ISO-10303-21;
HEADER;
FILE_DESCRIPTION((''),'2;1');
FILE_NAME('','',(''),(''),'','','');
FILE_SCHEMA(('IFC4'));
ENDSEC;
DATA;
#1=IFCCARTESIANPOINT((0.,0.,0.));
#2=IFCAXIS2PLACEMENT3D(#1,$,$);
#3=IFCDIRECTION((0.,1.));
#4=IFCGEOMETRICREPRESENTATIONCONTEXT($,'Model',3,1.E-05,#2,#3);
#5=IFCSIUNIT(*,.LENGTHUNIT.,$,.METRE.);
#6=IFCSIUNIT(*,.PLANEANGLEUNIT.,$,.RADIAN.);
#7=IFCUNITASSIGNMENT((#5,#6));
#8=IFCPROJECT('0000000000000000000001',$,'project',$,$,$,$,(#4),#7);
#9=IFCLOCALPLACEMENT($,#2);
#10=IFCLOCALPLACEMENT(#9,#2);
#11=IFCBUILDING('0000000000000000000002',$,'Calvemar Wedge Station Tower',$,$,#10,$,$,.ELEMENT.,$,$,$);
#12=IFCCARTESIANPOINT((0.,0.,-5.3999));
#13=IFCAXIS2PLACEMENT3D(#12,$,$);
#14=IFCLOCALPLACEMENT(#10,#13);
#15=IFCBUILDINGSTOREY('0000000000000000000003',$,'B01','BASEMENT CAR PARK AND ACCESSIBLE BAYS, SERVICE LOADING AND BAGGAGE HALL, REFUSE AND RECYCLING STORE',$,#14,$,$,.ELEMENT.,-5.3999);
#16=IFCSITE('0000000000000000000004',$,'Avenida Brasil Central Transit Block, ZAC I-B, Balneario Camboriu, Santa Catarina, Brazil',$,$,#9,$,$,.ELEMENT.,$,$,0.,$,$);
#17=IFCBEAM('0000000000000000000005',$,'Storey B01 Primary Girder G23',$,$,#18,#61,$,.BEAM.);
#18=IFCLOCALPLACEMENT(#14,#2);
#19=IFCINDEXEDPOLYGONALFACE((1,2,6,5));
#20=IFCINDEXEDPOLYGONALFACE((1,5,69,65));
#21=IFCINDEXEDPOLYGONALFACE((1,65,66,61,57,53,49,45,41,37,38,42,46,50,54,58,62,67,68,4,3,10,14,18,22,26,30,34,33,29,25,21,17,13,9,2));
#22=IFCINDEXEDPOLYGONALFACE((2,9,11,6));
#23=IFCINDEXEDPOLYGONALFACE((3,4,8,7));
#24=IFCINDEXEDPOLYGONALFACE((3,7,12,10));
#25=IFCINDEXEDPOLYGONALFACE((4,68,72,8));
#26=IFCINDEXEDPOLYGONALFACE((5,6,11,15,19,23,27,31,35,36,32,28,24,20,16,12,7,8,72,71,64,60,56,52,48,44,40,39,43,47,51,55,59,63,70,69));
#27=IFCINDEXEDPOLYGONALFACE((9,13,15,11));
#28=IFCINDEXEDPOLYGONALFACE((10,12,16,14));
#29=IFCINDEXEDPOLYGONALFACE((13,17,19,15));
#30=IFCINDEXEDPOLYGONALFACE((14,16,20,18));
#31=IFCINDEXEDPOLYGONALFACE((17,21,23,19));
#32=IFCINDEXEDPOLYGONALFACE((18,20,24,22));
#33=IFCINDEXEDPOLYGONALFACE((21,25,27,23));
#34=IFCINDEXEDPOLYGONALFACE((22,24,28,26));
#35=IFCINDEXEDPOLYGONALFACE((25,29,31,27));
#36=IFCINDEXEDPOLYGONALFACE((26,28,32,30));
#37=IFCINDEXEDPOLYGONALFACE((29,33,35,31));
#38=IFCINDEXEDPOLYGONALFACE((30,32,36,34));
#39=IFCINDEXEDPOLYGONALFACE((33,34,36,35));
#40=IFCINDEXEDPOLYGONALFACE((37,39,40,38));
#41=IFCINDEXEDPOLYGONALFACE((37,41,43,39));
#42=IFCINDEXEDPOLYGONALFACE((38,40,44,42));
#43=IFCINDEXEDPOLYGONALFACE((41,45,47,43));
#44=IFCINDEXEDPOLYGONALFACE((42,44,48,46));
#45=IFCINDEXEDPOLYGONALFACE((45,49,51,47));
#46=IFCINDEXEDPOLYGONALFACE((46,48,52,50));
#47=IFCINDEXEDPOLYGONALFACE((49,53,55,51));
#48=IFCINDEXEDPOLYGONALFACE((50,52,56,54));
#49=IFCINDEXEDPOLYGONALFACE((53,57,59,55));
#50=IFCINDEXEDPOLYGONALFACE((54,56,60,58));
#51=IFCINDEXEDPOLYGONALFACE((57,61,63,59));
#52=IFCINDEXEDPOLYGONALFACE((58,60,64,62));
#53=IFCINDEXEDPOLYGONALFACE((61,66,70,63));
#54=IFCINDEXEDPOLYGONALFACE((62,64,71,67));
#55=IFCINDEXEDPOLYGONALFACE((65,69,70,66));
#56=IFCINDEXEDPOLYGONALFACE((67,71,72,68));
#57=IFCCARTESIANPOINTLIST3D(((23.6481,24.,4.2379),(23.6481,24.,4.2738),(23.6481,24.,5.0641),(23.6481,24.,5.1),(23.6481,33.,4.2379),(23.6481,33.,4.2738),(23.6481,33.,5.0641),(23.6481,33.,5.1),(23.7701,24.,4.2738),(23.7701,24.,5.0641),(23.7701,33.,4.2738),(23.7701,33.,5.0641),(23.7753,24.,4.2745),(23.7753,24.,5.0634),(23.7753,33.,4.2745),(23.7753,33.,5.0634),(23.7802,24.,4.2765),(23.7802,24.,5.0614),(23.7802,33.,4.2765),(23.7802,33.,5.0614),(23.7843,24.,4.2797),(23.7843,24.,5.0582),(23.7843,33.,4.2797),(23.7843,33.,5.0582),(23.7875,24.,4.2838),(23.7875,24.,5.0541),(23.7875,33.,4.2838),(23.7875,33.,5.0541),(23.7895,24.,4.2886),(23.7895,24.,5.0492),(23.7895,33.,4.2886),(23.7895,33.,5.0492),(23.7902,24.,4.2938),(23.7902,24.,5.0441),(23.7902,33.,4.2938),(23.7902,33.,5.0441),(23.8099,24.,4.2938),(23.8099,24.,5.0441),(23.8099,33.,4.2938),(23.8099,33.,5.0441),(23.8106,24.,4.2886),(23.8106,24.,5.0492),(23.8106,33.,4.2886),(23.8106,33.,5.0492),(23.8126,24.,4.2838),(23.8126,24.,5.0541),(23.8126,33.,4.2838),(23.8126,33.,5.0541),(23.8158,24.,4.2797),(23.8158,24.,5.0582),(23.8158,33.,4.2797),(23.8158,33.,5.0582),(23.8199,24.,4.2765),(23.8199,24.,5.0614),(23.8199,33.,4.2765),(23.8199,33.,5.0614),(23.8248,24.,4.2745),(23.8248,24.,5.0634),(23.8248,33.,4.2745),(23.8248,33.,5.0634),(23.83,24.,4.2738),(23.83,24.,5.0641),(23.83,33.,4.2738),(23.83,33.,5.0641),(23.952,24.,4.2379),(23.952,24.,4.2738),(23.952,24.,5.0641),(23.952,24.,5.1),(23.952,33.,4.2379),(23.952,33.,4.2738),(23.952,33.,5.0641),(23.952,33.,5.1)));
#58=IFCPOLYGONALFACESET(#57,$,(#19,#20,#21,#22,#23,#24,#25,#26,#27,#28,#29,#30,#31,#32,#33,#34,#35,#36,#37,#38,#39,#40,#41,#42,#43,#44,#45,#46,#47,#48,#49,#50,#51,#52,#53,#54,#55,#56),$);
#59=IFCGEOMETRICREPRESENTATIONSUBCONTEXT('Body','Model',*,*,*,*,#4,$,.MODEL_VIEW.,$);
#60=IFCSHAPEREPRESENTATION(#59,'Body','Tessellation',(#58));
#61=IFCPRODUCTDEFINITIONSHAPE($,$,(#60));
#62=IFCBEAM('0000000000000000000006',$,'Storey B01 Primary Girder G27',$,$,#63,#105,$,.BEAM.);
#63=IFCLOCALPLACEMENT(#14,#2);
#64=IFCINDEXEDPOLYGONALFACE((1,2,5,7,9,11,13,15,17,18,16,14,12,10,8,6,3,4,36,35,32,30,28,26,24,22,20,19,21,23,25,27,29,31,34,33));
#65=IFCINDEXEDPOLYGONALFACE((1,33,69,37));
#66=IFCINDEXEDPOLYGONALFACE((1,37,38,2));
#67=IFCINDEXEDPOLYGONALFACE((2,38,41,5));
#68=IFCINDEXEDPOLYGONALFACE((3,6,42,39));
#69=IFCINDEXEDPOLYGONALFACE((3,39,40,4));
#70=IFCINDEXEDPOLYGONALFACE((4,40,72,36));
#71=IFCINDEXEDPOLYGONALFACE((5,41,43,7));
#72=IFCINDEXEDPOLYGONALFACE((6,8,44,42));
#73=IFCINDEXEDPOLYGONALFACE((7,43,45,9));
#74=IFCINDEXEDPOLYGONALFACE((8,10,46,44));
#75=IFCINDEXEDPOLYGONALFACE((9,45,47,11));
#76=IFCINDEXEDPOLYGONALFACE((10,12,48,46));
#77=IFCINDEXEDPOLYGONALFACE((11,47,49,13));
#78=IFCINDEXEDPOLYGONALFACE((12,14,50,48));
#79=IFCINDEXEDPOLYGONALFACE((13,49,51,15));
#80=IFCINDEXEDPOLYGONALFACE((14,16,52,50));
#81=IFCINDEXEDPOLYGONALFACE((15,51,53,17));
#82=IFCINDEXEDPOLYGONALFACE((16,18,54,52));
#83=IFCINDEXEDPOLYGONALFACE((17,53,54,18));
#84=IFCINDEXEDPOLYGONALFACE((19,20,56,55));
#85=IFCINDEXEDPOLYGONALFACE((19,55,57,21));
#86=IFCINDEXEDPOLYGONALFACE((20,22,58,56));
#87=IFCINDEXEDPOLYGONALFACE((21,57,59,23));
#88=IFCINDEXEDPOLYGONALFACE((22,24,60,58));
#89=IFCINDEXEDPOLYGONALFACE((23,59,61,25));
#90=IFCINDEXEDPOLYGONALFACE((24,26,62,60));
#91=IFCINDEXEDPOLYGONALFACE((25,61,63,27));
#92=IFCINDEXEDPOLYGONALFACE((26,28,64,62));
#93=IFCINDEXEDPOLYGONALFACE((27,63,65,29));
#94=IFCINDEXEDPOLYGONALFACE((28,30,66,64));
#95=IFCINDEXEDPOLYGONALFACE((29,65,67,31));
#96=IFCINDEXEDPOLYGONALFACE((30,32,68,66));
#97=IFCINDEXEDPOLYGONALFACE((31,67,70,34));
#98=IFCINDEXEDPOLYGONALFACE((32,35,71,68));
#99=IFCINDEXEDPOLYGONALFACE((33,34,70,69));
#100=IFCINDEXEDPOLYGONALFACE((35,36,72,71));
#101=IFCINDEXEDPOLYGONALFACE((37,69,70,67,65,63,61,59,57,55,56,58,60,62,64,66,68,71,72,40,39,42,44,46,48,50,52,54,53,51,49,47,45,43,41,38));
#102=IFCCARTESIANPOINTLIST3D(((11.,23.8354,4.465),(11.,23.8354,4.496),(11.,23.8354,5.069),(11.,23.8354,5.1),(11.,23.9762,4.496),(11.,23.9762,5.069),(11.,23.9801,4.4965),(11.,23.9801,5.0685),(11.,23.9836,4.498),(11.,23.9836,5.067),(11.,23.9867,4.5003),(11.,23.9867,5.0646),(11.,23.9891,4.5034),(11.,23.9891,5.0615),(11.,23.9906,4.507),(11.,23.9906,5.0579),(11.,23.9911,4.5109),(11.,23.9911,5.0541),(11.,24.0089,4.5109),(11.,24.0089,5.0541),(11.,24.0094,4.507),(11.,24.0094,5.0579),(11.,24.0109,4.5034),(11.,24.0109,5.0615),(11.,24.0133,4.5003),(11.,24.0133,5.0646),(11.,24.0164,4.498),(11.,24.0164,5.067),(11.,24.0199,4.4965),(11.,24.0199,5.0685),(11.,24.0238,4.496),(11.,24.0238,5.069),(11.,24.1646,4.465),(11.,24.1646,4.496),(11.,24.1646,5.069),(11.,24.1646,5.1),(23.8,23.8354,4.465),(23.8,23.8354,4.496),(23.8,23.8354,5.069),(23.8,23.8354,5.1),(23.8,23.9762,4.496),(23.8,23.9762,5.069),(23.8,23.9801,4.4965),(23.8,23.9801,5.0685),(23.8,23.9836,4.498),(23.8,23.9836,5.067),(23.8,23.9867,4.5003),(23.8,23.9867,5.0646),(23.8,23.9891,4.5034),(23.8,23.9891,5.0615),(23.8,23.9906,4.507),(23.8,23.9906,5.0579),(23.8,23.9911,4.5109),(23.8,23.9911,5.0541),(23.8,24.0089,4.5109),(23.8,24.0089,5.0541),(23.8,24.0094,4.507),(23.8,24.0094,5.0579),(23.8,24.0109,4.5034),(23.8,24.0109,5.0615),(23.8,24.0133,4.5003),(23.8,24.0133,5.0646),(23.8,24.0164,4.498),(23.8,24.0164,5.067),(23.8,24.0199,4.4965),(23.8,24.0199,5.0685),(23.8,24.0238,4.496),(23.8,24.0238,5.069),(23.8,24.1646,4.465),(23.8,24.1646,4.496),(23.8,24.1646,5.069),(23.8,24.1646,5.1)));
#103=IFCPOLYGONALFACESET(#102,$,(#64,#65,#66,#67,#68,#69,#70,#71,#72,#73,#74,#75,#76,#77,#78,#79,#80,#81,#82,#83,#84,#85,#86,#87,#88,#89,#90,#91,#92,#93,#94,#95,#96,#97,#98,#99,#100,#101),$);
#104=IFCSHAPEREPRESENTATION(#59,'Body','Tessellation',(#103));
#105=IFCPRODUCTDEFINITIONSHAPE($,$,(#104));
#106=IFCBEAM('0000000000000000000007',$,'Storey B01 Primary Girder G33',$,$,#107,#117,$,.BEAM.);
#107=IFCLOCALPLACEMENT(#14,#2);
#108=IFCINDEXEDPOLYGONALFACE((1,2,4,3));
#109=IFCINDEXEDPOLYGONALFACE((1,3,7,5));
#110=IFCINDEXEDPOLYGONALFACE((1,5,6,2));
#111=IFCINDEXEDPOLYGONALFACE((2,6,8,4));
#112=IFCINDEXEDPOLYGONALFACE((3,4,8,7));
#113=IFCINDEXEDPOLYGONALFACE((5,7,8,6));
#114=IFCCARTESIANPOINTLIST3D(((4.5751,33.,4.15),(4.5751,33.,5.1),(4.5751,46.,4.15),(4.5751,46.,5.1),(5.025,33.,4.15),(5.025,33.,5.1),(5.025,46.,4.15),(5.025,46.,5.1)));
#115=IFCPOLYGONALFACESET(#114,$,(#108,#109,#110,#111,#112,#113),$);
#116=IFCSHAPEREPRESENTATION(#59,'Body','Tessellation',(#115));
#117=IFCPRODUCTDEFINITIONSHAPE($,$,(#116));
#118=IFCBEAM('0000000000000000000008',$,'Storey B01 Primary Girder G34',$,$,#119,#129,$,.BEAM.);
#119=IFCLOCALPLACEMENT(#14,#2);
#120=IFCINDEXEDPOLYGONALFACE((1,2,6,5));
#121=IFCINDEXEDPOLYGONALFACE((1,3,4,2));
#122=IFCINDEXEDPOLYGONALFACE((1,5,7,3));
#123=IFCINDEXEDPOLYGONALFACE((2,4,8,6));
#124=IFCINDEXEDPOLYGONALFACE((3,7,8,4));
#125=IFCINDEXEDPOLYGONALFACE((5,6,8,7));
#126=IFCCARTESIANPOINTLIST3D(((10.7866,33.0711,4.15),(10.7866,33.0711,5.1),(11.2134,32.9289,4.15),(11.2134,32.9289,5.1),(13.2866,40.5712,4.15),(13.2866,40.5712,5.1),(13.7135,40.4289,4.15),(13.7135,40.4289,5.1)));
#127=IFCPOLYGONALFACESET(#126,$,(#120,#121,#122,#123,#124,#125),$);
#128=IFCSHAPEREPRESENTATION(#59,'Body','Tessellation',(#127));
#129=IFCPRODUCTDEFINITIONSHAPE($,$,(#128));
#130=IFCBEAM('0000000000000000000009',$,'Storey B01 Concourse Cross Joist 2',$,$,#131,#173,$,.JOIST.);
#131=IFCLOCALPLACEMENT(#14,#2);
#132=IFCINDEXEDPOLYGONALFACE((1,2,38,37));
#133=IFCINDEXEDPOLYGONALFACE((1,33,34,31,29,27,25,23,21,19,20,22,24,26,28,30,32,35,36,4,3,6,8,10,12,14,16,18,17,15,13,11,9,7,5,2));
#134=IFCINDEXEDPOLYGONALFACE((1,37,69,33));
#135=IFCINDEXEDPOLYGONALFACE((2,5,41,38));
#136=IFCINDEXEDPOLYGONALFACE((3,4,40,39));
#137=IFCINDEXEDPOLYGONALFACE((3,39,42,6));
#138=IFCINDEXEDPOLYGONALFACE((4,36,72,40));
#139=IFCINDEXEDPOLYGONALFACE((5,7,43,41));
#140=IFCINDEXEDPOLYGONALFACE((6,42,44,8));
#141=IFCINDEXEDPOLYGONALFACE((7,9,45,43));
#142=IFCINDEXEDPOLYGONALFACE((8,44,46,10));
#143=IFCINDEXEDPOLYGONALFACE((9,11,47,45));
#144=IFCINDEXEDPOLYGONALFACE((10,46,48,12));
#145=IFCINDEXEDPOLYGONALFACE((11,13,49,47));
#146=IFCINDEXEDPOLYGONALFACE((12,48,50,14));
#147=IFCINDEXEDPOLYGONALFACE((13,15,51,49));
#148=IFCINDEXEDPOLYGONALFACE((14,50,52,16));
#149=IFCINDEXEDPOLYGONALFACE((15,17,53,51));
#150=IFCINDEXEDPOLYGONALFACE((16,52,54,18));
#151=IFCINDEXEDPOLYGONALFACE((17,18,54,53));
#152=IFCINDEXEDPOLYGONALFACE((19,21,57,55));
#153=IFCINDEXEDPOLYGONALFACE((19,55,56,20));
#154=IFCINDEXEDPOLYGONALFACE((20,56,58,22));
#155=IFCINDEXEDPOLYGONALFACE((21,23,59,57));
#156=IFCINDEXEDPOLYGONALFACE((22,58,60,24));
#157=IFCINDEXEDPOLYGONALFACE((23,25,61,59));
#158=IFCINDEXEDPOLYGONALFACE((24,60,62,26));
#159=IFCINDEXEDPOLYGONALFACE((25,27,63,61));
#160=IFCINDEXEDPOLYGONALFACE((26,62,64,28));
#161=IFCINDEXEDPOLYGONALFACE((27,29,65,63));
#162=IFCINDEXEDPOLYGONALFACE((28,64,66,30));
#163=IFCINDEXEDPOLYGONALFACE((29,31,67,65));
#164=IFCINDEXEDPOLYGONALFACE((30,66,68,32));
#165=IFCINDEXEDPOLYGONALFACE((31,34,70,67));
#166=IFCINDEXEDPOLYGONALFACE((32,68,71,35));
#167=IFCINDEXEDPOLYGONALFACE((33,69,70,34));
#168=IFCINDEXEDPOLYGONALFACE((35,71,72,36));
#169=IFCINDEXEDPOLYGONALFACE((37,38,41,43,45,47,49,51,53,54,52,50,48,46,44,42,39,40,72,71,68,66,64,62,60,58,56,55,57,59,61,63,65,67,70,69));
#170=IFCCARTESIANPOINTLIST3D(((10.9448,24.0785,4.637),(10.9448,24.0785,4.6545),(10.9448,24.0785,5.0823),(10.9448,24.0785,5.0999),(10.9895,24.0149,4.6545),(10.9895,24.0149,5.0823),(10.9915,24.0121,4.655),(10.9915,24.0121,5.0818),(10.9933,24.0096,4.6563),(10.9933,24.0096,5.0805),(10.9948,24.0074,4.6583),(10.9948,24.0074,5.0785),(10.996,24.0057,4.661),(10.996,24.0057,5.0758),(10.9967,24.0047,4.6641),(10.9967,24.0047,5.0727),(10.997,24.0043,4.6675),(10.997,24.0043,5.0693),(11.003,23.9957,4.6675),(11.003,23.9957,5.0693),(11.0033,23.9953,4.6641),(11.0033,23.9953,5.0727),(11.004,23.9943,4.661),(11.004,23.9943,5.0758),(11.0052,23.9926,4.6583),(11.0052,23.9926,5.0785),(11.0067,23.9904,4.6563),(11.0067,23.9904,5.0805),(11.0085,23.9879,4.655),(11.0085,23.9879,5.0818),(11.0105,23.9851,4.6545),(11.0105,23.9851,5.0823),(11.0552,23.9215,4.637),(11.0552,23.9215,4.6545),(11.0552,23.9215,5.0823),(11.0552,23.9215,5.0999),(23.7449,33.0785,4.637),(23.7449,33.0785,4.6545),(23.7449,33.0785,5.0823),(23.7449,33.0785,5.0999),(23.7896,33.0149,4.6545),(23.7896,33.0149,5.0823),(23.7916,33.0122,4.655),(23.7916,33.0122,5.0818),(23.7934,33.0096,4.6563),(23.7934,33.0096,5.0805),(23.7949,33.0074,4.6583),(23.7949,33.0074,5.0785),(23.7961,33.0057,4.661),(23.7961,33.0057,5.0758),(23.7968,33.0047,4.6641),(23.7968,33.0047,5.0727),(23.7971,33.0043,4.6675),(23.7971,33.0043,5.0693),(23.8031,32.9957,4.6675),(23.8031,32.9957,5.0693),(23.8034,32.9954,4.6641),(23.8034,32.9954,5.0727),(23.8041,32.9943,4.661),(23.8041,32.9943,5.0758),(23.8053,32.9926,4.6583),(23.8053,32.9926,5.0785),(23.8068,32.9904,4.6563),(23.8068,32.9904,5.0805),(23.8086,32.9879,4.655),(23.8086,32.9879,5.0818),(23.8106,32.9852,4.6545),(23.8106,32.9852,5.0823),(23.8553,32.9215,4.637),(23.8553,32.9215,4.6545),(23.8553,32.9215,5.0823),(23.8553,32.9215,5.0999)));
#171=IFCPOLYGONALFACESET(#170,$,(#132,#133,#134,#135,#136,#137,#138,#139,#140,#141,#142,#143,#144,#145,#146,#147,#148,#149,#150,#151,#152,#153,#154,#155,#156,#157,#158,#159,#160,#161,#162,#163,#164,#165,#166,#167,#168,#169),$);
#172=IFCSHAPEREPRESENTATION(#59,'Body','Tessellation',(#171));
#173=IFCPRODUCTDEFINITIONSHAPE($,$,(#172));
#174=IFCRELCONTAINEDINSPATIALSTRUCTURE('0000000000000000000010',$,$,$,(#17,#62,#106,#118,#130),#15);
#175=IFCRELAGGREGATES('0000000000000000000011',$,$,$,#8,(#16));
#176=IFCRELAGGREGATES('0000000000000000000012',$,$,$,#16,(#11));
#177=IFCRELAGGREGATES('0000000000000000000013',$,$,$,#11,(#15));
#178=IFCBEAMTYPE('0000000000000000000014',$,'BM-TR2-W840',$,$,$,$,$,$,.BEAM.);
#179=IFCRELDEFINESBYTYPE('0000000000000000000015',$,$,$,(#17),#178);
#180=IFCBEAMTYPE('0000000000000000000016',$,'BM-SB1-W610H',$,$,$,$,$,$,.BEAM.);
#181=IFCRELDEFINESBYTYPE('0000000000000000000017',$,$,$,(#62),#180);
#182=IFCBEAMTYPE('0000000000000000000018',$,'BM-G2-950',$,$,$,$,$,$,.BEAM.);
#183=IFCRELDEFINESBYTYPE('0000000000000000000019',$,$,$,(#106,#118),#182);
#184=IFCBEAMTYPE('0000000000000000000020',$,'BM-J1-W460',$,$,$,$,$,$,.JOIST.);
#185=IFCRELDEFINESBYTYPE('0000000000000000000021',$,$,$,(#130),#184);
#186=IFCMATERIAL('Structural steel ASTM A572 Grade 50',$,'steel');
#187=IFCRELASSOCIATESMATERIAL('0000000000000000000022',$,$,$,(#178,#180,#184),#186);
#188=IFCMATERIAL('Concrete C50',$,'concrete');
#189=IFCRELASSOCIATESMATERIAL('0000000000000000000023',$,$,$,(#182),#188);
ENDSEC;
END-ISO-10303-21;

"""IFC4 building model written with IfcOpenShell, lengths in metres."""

from ifc_helpers import new_model, si_unit, direction, frame, origin, origin_2d, place, context, subcontext, project, spatial, rectangle, i_section, extrude, source, transform, mapped, material, material_profile, profile_set, type_object, element, save


model = new_model("IFC4")

# Units and contexts
model_context = context("Model", 3, precision=1e-05, world=origin(), true_north=direction((0.0, 1.0)))
body_context = subcontext(model_context, "Body", "Model", "MODEL_VIEW")
ifc_project = project(units=[si_unit("LENGTHUNIT", "METRE"), si_unit("PLANEANGLEUNIT", "RADIAN")], contexts=[model_context])

# Site, building, storey
site_placement = place(None, origin())
site = spatial("IfcSite", under=ifc_project, at=site_placement, Name="Avenida Brasil Central Transit Block, ZAC I-B, Balneario Camboriu, Santa Catarina, Brazil", CompositionType="ELEMENT", RefElevation=0.0)
building_placement = place(site_placement, origin())
building = spatial("IfcBuilding", under=site, at=building_placement, Name="Calvemar Wedge Station Tower", CompositionType="ELEMENT")
storey_placement = place(building_placement, frame((0.0, 0.0, -5.3999)))
storey = spatial("IfcBuildingStorey", under=building, at=storey_placement, Name="B01", Description="BASEMENT CAR PARK AND ACCESSIBLE BAYS, SERVICE LOADING AND BAGGAGE HALL, REFUSE AND RECYCLING STORE", CompositionType="ELEMENT", Elevation=-5.3999)

# Beams
ifc_material_1 = material(Name="Structural steel ASTM A572 Grade 50", Category="steel")
ifc_material_profile_1 = material_profile(ifc_material_1, i_section(OverallWidth=0.304, OverallDepth=0.8621, WebThickness=0.0198, FlangeThickness=0.0359, FilletRadius=0.02, at=origin_2d()), Name="W840x329")
ifc_profile_set_1 = profile_set([ifc_material_profile_1], Name="Structural steel ASTM A572 Grade 50")
beam_type_1 = type_object("IfcBeamType", Name="BM-TR2-W840", PredefinedType="BEAM", material=ifc_profile_set_1)
shared_shape_1 = source(origin(), body_context, "Body", "SweptSolid", [
    extrude(i_section(OverallWidth=0.304, OverallDepth=0.8621, WebThickness=0.0198, FlangeThickness=0.0359, FilletRadius=0.02, at=origin_2d()), origin(), (0.0, 0.0, 1.0), 9.0),
])
for number, where, z_axis, x_axis, name in (
    (1, (23.8, 24.0, 4.6689), (0.0, 1.0, 0.0), (-1.0, 0.0, 0.0), "Storey B01 Primary Girder G23"),
):
    element("IfcBeam", number, at=place(storey_placement, frame(where, z_axis=z_axis, x_axis=x_axis)), inside=storey, type_object=beam_type_1, Name=name, PredefinedType="BEAM", context=body_context, shape_type="MappedRepresentation", body=[
        mapped(shared_shape_1, transform((0.0, 0.0, 0.0), scale=1.0)),
    ])
ifc_material_profile_2 = material_profile(ifc_material_1, i_section(OverallWidth=0.3291, OverallDepth=0.635, WebThickness=0.0178, FlangeThickness=0.031, FilletRadius=0.0149, at=origin_2d()), Name="W610x241")
ifc_profile_set_2 = profile_set([ifc_material_profile_2], Name="Structural steel ASTM A572 Grade 50")
beam_type_2 = type_object("IfcBeamType", Name="BM-SB1-W610H", PredefinedType="BEAM", material=ifc_profile_set_2)
shared_shape_2 = source(origin(), body_context, "Body", "SweptSolid", [
    extrude(i_section(OverallWidth=0.3291, OverallDepth=0.635, WebThickness=0.0178, FlangeThickness=0.031, FilletRadius=0.0149, at=origin_2d()), origin(), (0.0, 0.0, 1.0), 12.8),
])
beam_1_placement = place(storey_placement, frame((11.0, 24.0, 4.7825), z_axis=(1.0, 0.0, 0.0), x_axis=(0.0, 1.0, 0.0)))
element("IfcBeam", 2, at=beam_1_placement, inside=storey, type_object=beam_type_2, Name="Storey B01 Primary Girder G27", PredefinedType="BEAM", context=body_context, shape_type="MappedRepresentation", body=[
    mapped(shared_shape_2, transform((0.0, 0.0, 0.0), scale=1.0)),
])
ifc_material_2 = material(Name="Concrete C50", Category="concrete")
ifc_material_profile_3 = material_profile(ifc_material_2, rectangle(XDim=0.45, YDim=0.95, at=origin_2d()), Name="RC450x950")
ifc_profile_set_3 = profile_set([ifc_material_profile_3], Name="Concrete C50")
beam_type_3 = type_object("IfcBeamType", Name="BM-G2-950", PredefinedType="BEAM", material=ifc_profile_set_3)
shared_shape_3 = source(origin(), body_context, "Body", "SweptSolid", [
    extrude(rectangle(XDim=0.45, YDim=0.95, at=origin_2d()), origin(), (0.0, 0.0, 1.0), 13.0),
])
beam_2_placement = place(storey_placement, frame((4.8, 33.0, 4.625), z_axis=(0.0, 1.0, 0.0), x_axis=(-1.0, 0.0, 0.0)))
element("IfcBeam", 3, at=beam_2_placement, inside=storey, type_object=beam_type_3, Name="Storey B01 Primary Girder G33", PredefinedType="BEAM", context=body_context, shape_type="MappedRepresentation", body=[
    mapped(shared_shape_3, transform((0.0, 0.0, 0.0), scale=1.0)),
])
shared_shape_4 = source(origin(), body_context, "Body", "SweptSolid", [
    extrude(rectangle(XDim=0.45, YDim=0.95, at=origin_2d()), origin(), (0.0, 0.0, 1.0), 7.9058),
])
beam_3_placement = place(storey_placement, frame((11.0, 33.0, 4.625), z_axis=(0.316228, 0.948683, 0.0), x_axis=(-0.948683, 0.316228, 0.0)))
element("IfcBeam", 4, at=beam_3_placement, inside=storey, type_object=beam_type_3, Name="Storey B01 Primary Girder G34", PredefinedType="BEAM", context=body_context, shape_type="MappedRepresentation", body=[
    mapped(shared_shape_4, transform((0.0, 0.0, 0.0), scale=1.0)),
])
ifc_material_profile_4 = material_profile(ifc_material_1, i_section(OverallWidth=0.1919, OverallDepth=0.4629, WebThickness=0.0105, FlangeThickness=0.0176, FilletRadius=0.0129, at=origin_2d()), Name="W460x89")
ifc_profile_set_4 = profile_set([ifc_material_profile_4], Name="Structural steel ASTM A572 Grade 50")
beam_type_4 = type_object("IfcBeamType", Name="BM-J1-W460", PredefinedType="JOIST", material=ifc_profile_set_4)
shared_shape_5 = source(origin(), body_context, "Body", "SweptSolid", [
    extrude(i_section(OverallWidth=0.1919, OverallDepth=0.4629, WebThickness=0.0105, FlangeThickness=0.0176, FilletRadius=0.0129, at=origin_2d()), origin(), (0.0, 0.0, 1.0), 15.6475),
])
beam_4_placement = place(storey_placement, frame((11.0, 24.0, 4.8684), z_axis=(0.81803, 0.575175, 0.0), x_axis=(-0.575175, 0.81803, 0.0)))
element("IfcBeam", 5, at=beam_4_placement, inside=storey, type_object=beam_type_4, Name="Storey B01 Concourse Cross Joist 2", PredefinedType="JOIST", context=body_context, shape_type="MappedRepresentation", body=[
    mapped(shared_shape_5, transform((0.0, 0.0, 0.0), scale=1.0)),
])

save(model, "model.ifc")
